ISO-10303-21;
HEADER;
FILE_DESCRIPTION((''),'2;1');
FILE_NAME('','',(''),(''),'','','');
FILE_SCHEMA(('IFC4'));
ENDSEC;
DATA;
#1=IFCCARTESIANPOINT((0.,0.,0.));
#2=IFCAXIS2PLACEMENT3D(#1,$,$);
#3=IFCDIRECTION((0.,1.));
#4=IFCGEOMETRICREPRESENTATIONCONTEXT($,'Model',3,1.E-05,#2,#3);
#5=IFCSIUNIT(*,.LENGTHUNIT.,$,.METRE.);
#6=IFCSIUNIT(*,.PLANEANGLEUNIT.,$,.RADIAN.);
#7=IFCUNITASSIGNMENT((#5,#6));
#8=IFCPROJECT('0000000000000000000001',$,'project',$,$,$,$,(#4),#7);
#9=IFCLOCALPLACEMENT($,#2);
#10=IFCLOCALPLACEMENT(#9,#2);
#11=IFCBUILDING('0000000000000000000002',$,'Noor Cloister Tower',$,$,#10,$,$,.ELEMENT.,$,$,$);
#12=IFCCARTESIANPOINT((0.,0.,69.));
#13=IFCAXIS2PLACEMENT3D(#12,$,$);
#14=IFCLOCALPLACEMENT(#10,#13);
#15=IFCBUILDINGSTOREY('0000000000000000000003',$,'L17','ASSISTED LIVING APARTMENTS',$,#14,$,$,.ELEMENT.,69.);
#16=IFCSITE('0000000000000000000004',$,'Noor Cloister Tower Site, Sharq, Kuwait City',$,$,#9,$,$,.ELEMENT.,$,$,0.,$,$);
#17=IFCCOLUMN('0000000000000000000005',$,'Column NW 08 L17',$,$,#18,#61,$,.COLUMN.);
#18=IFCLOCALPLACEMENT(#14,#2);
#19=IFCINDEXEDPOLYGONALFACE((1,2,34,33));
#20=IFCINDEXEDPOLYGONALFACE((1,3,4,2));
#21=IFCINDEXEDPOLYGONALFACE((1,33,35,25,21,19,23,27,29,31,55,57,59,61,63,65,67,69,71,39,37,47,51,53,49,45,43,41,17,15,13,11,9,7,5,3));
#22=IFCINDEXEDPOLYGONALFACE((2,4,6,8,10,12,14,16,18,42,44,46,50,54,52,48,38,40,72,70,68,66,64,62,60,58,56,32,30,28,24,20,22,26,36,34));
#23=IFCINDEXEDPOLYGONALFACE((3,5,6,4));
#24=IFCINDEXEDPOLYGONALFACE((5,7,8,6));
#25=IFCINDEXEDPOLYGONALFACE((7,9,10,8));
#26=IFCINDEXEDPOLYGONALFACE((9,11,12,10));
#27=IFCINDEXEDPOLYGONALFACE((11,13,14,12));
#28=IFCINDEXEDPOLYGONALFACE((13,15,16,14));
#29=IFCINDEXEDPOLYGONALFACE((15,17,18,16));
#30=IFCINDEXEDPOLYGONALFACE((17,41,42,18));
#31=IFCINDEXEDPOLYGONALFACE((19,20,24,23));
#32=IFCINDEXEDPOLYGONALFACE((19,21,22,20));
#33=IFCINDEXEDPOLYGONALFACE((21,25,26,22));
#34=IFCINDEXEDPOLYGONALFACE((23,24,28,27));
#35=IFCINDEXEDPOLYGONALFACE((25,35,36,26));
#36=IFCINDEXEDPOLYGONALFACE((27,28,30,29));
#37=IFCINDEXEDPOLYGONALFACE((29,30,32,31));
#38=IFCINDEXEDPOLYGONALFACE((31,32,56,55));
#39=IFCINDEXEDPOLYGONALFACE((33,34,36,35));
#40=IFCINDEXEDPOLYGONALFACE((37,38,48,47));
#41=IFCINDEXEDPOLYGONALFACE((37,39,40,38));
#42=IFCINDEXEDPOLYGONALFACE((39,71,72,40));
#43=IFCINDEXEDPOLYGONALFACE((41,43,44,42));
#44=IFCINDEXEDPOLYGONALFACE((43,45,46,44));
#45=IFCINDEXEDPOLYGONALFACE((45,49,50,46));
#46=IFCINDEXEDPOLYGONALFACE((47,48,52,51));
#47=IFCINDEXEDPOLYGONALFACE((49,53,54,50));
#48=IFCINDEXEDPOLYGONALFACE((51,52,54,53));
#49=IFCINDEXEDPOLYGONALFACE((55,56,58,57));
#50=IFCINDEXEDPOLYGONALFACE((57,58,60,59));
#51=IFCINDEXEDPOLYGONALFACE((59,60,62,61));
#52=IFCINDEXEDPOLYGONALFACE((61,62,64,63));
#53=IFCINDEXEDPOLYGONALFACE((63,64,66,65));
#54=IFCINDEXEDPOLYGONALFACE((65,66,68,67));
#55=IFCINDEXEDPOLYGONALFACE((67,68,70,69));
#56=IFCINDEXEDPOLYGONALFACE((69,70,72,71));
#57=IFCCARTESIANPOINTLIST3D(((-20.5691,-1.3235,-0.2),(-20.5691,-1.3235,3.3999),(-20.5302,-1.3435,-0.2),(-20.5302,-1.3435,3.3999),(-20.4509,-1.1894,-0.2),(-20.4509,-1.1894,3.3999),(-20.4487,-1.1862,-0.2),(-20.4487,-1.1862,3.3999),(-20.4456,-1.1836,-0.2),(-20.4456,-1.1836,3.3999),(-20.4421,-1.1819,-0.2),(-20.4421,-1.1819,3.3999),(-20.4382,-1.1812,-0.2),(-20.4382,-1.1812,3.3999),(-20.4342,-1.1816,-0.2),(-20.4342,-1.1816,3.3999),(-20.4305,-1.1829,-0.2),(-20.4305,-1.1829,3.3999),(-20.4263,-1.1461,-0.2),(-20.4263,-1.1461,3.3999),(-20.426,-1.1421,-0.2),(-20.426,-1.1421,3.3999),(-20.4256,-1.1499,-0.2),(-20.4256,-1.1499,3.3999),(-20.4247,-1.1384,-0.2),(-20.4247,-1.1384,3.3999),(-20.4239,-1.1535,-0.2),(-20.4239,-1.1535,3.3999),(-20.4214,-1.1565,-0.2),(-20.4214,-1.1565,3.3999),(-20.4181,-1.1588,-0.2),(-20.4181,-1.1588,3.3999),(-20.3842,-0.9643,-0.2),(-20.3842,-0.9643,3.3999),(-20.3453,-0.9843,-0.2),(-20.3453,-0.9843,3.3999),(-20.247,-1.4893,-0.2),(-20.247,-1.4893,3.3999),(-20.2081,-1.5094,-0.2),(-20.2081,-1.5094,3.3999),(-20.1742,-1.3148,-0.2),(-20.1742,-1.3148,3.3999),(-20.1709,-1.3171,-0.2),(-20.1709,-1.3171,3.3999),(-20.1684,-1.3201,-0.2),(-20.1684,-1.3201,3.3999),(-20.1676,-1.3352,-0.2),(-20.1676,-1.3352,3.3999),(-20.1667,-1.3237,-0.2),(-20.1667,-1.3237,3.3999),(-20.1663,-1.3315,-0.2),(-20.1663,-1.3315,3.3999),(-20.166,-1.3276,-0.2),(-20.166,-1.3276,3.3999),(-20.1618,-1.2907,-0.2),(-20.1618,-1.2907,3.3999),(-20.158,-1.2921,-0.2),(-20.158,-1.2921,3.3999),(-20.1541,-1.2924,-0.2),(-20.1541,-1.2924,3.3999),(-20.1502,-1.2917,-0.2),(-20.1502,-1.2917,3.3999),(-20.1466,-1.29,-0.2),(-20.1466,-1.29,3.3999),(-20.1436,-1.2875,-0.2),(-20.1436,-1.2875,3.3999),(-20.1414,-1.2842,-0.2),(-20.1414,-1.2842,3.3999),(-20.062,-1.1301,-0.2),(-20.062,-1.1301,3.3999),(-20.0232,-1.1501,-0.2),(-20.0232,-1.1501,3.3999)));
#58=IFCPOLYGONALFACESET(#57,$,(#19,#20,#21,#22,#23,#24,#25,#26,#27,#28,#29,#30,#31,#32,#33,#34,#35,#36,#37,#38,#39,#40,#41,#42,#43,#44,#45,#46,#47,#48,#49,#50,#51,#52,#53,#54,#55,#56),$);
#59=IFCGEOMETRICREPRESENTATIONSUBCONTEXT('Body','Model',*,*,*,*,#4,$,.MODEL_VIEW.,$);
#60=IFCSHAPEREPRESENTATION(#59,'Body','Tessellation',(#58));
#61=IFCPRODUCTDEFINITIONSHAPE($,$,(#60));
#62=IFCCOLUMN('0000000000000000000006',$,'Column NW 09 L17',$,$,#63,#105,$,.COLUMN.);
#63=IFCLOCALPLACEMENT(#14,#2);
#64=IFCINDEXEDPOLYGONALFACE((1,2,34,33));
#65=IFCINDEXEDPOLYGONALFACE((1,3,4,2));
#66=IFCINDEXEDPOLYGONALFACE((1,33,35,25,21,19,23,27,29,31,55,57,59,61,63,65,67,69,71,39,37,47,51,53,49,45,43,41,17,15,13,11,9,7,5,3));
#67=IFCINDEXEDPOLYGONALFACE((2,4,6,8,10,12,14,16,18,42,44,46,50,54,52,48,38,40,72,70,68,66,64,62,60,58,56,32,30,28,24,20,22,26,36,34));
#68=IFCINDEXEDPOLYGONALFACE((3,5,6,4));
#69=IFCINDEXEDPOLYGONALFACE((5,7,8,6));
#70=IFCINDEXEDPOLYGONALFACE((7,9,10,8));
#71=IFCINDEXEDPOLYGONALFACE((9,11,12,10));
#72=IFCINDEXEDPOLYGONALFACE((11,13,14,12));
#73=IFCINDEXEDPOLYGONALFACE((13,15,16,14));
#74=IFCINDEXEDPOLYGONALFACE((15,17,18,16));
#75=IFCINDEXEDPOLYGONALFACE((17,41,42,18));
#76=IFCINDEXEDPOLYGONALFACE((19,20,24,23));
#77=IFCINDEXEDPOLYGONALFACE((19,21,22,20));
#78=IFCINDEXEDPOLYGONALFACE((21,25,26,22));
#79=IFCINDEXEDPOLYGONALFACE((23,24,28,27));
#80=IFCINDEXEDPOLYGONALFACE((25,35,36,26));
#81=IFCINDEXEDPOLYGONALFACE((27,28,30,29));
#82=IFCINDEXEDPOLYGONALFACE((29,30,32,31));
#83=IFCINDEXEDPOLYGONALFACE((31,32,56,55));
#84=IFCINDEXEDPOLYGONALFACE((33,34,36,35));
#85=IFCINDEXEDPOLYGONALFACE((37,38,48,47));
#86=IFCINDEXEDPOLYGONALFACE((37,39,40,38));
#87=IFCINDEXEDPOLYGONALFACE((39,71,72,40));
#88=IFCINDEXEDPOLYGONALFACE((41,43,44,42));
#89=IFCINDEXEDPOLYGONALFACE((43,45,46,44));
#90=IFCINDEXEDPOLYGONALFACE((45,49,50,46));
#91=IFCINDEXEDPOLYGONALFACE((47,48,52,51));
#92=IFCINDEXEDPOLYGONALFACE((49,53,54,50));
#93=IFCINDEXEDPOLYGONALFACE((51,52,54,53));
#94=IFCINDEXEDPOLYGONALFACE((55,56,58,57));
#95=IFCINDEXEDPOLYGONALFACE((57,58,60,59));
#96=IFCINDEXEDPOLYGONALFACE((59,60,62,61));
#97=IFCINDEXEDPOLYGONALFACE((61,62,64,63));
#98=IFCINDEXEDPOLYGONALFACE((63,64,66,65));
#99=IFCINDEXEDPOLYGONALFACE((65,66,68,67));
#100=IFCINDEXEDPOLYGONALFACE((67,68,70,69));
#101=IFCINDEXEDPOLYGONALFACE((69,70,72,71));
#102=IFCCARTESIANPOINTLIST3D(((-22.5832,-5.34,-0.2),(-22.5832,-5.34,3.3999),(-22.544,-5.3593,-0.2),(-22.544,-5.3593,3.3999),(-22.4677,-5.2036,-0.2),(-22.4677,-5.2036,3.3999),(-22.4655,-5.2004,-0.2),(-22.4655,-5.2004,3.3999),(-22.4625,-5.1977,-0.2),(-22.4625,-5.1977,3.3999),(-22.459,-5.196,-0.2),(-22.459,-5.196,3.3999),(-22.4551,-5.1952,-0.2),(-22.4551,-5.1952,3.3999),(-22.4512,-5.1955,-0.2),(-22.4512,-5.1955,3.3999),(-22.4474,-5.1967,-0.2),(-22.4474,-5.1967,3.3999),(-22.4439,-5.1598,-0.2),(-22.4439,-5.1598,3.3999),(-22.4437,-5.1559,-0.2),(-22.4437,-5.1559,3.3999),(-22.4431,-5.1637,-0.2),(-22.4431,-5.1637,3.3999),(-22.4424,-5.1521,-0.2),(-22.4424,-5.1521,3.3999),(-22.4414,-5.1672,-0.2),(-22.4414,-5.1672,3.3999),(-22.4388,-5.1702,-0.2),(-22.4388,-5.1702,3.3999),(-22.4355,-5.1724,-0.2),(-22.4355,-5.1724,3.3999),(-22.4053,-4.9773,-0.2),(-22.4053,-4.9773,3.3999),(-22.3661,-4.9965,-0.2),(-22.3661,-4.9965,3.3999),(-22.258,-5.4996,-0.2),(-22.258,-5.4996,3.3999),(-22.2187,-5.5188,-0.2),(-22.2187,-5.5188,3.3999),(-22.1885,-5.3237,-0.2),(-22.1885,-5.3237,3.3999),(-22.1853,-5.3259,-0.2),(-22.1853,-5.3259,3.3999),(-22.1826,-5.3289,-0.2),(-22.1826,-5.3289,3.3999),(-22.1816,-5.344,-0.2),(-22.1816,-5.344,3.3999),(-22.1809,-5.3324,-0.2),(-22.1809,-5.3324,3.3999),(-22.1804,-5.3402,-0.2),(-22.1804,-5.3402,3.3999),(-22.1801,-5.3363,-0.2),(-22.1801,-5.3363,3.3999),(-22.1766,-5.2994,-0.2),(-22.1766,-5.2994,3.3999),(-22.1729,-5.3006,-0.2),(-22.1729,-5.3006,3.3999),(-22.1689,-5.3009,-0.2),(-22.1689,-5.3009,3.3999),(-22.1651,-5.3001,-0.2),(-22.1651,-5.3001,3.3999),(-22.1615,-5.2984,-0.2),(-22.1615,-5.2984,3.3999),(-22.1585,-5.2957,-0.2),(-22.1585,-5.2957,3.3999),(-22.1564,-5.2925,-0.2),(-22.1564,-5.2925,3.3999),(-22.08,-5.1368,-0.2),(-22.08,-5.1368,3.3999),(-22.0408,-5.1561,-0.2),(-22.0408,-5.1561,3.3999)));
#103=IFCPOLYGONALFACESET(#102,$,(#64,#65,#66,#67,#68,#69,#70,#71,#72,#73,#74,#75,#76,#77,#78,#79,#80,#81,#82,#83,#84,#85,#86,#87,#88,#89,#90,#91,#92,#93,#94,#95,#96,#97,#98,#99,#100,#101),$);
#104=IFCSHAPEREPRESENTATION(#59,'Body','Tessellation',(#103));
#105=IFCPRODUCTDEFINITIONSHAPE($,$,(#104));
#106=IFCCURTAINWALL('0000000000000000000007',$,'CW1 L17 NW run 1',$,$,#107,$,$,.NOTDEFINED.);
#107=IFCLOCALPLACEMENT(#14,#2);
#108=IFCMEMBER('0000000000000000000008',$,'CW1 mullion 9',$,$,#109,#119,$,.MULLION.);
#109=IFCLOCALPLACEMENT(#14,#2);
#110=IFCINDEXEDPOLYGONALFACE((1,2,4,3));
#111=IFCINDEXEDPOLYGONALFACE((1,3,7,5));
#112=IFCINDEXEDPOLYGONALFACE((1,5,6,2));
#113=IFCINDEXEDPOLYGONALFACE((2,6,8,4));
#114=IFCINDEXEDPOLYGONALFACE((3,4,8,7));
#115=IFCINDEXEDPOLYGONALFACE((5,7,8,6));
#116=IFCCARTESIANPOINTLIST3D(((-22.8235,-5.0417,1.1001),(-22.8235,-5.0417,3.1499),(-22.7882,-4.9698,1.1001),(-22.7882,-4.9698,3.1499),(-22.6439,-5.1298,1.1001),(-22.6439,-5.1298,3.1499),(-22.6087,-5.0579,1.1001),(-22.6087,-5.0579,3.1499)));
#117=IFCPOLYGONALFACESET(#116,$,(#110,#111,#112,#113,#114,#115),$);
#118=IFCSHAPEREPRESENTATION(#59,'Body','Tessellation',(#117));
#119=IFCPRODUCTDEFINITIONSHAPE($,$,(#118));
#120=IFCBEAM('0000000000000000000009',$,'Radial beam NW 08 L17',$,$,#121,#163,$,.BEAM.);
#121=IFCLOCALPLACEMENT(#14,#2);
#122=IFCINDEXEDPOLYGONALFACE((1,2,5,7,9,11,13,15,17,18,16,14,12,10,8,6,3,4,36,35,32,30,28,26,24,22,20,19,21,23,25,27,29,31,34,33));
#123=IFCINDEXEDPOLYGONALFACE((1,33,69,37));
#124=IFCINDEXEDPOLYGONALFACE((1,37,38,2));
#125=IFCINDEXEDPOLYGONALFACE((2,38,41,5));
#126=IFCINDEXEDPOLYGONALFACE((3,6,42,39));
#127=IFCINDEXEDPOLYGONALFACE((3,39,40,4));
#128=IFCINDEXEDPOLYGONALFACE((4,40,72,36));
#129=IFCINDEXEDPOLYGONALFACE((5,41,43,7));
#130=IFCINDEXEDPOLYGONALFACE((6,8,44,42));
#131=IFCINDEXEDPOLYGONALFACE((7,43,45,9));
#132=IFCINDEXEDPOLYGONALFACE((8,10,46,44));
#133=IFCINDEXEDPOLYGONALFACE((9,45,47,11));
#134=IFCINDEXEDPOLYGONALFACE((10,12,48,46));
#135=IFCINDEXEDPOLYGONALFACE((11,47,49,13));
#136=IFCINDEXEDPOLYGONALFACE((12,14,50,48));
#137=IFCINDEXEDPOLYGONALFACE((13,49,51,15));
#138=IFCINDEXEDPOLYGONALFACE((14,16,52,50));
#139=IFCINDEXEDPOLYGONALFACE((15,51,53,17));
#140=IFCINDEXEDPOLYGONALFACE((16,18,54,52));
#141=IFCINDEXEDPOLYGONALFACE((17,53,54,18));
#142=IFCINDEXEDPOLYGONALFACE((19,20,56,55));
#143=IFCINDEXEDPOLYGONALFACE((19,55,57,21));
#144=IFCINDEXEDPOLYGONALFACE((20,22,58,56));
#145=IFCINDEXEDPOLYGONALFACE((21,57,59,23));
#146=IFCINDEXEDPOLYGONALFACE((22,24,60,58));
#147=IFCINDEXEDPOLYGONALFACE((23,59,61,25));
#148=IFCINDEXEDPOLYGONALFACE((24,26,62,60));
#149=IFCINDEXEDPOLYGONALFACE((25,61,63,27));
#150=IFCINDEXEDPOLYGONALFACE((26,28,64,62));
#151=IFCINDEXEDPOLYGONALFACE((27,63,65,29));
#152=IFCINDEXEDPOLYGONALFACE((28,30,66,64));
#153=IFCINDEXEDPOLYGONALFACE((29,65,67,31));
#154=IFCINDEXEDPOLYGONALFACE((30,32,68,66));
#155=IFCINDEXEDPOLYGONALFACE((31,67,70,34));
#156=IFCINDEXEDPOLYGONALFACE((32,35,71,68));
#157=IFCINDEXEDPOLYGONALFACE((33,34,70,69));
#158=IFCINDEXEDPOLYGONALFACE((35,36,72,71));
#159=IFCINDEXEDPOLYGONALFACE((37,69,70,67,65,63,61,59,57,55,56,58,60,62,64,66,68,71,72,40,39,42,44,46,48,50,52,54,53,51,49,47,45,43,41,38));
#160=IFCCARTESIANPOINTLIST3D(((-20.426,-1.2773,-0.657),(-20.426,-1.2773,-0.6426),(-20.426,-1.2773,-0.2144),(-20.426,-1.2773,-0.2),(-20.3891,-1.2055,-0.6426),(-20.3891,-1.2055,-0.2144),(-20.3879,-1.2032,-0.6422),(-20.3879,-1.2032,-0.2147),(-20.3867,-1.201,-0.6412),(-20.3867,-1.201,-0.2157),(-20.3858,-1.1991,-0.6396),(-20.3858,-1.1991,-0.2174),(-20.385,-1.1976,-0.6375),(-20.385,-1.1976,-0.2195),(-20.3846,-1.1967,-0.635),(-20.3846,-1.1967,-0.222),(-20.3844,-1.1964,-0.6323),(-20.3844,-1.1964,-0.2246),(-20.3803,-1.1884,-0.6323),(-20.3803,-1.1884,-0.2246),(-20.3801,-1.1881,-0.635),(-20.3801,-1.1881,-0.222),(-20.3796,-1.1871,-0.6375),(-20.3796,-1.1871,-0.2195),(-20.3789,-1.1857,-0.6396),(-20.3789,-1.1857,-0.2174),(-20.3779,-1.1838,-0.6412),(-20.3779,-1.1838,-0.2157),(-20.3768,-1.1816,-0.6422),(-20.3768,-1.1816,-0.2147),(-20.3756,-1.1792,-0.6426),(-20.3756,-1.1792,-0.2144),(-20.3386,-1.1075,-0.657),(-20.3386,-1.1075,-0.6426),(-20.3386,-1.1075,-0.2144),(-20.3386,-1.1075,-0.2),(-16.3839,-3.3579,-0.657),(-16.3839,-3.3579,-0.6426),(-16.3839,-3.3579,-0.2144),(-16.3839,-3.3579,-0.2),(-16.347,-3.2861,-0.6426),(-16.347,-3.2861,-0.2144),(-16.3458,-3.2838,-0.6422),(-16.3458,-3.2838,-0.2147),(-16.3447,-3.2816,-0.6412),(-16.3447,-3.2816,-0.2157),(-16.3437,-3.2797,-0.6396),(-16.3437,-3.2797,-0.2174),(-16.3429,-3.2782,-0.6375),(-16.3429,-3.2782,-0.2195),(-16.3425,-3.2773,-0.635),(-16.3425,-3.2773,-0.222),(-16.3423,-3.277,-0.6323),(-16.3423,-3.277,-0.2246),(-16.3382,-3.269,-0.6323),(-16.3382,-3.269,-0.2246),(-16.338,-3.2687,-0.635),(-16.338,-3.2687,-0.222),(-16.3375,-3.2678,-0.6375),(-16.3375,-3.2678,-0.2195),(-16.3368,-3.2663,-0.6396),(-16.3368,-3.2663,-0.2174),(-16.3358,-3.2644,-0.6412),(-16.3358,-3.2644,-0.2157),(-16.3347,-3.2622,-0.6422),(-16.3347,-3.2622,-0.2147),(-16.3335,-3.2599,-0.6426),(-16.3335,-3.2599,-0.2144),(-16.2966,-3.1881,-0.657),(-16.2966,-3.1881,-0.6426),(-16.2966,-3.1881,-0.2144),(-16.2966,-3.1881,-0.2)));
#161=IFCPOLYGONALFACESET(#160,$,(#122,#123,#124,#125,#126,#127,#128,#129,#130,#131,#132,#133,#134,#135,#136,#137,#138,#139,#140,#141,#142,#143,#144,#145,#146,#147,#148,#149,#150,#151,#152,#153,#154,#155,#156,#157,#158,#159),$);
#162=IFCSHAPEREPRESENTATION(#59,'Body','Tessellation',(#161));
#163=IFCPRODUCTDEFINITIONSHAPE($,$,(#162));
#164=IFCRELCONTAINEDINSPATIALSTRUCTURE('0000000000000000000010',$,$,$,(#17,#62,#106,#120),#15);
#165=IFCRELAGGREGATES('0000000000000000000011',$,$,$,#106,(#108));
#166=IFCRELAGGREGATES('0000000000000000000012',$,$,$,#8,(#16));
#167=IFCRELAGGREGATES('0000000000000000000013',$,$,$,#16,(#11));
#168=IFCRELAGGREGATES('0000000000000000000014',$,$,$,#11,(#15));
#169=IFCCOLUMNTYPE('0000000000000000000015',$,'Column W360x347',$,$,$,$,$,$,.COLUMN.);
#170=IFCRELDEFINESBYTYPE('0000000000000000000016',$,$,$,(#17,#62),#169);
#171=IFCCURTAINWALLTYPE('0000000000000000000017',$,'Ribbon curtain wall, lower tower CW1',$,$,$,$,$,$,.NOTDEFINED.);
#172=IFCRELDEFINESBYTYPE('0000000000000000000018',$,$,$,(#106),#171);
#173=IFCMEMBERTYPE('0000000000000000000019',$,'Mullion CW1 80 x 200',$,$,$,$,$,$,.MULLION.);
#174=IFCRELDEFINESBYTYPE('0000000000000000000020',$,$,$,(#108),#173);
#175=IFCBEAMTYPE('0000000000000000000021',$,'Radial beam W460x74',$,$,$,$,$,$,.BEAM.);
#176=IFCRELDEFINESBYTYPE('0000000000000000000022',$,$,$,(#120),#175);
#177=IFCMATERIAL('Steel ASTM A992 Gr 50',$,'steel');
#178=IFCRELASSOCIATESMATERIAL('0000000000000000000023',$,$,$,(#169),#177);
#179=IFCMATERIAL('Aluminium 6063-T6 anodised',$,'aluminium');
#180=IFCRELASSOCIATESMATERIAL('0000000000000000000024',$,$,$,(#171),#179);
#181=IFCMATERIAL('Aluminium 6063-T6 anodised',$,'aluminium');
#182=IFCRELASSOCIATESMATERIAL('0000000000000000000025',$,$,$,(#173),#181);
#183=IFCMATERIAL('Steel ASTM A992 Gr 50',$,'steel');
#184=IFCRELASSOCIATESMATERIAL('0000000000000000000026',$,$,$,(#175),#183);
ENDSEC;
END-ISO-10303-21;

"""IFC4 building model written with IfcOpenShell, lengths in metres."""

from ifc_helpers import new_model, si_unit, direction, frame, origin, origin_2d, place, context, subcontext, project, spatial, rectangle, i_section, extrude, material, material_profile, profile_set, type_object, element, aggregate, save


model = new_model("IFC4")

# Units and contexts
model_context = context("Model", 3, precision=1e-05, world=origin(), true_north=direction((0.0, 1.0)))
body_context = subcontext(model_context, "Body", "Model", "MODEL_VIEW")
ifc_project = project(units=[si_unit("LENGTHUNIT", "METRE"), si_unit("PLANEANGLEUNIT", "RADIAN")], contexts=[model_context])

# Site, building, storey
site_placement = place(None, origin())
site = spatial("IfcSite", under=ifc_project, at=site_placement, Name="Noor Cloister Tower Site, Sharq, Kuwait City", CompositionType="ELEMENT", RefElevation=0.0)
building_placement = place(site_placement, origin())
building = spatial("IfcBuilding", under=site, at=building_placement, Name="Noor Cloister Tower", CompositionType="ELEMENT")
storey_placement = place(building_placement, frame((0.0, 0.0, 69.0)))
storey = spatial("IfcBuildingStorey", under=building, at=storey_placement, Name="L17", Description="ASSISTED LIVING APARTMENTS", CompositionType="ELEMENT", Elevation=69.0)

# Columns
ifc_material_1 = material(Name="Steel ASTM A992 Gr 50", Category="steel")
ifc_material_profile_1 = material_profile(ifc_material_1, i_section(OverallWidth=0.4041, OverallDepth=0.406, WebThickness=0.0271, FlangeThickness=0.0437, FilletRadius=0.0151, at=origin_2d()), Name="W360x347")
ifc_profile_set_1 = profile_set([ifc_material_profile_1], Name="Steel ASTM A992 Gr 50")
column_type = type_object("IfcColumnType", Name="Column W360x347", PredefinedType="COLUMN", material=ifc_profile_set_1)
for number, where, z_axis, x_axis, name in (
    (1, (-20.2961, -1.2368, -0.2), (0.0, 0.0, 1.0), (-0.457666, -0.889124, 0.0), "Column NW 08 L17"),
    (2, (-22.312, -5.248, -0.2), (0.0, 0.0, 1.0), (-0.440428, -0.897788, 0.0), "Column NW 09 L17"),
):
    element("IfcColumn", number, at=place(storey_placement, frame(where, z_axis=z_axis, x_axis=x_axis)), inside=storey, type_object=column_type, Name=name, PredefinedType="COLUMN", context=body_context, shape_type="SweptSolid", body=[
        extrude(i_section(OverallWidth=0.4041, OverallDepth=0.406, WebThickness=0.0271, FlangeThickness=0.0437, FilletRadius=0.0151, at=origin_2d()), origin(), (0.0, 0.0, 1.0), 3.5999),
    ])

# Curtain wall, member
ifc_material_2 = material(Name="Aluminium 6063-T6 anodised", Category="aluminium")
curtain_wall_type = type_object("IfcCurtainWallType", Name="Ribbon curtain wall, lower tower CW1", PredefinedType="NOTDEFINED", material=ifc_material_2)
curtain_wall_placement = place(storey_placement, origin())
curtain_wall = element("IfcCurtainWall", 3, at=curtain_wall_placement, inside=storey, type_object=curtain_wall_type, Name="CW1 L17 NW run 1", PredefinedType="NOTDEFINED")
ifc_material_3 = material(Name="Aluminium 6063-T6 anodised", Category="aluminium")
ifc_material_profile_2 = material_profile(ifc_material_3, rectangle(XDim=0.2, YDim=0.0801, at=origin_2d()), Name="200 x 80 mullion")
ifc_profile_set_2 = profile_set([ifc_material_profile_2], Name="Aluminium 6063-T6 anodised")
member_type = type_object("IfcMemberType", Name="Mullion CW1 80 x 200", PredefinedType="MULLION", material=ifc_profile_set_2)
member_placement = place(storey_placement, frame((-22.7161, -5.0498, 1.1001), z_axis=(0.0, 0.0, 1.0), x_axis=(0.897788, -0.440428, 0.0)))
member = element("IfcMember", 4, at=member_placement, type_object=member_type, Name="CW1 mullion 9", PredefinedType="MULLION", context=body_context, shape_type="SweptSolid", body=[
    extrude(rectangle(XDim=0.2, YDim=0.0801, at=origin_2d()), origin(), (0.0, 0.0, 1.0), 2.0498),
])

# Beam
ifc_material_4 = material(Name="Steel ASTM A992 Gr 50", Category="steel")
ifc_material_profile_3 = material_profile(ifc_material_4, i_section(OverallWidth=0.1909, OverallDepth=0.457, WebThickness=0.009, FlangeThickness=0.0144, FilletRadius=0.0103, at=origin_2d()), Name="W460x74")
ifc_profile_set_3 = profile_set([ifc_material_profile_3], Name="Steel ASTM A992 Gr 50")
beam_type_1 = type_object("IfcBeamType", Name="Radial beam W460x74", PredefinedType="BEAM", material=ifc_profile_set_3)
beam_1_placement = place(storey_placement, frame((-20.3823, -1.1924, -0.4285), z_axis=(0.889124, -0.457666, 0.0), x_axis=(0.457666, 0.889124, 0.0)))
element("IfcBeam", 5, at=beam_1_placement, inside=storey, type_object=beam_type_1, Name="Radial beam NW 08 L17", PredefinedType="BEAM", context=body_context, shape_type="SweptSolid", body=[
    extrude(i_section(OverallWidth=0.1909, OverallDepth=0.457, WebThickness=0.009, FlangeThickness=0.0144, FilletRadius=0.0103, at=origin_2d()), origin(), (0.0, 0.0, 1.0), 4.5461),
])

aggregate(curtain_wall, [member])

save(model, "model.ifc")
